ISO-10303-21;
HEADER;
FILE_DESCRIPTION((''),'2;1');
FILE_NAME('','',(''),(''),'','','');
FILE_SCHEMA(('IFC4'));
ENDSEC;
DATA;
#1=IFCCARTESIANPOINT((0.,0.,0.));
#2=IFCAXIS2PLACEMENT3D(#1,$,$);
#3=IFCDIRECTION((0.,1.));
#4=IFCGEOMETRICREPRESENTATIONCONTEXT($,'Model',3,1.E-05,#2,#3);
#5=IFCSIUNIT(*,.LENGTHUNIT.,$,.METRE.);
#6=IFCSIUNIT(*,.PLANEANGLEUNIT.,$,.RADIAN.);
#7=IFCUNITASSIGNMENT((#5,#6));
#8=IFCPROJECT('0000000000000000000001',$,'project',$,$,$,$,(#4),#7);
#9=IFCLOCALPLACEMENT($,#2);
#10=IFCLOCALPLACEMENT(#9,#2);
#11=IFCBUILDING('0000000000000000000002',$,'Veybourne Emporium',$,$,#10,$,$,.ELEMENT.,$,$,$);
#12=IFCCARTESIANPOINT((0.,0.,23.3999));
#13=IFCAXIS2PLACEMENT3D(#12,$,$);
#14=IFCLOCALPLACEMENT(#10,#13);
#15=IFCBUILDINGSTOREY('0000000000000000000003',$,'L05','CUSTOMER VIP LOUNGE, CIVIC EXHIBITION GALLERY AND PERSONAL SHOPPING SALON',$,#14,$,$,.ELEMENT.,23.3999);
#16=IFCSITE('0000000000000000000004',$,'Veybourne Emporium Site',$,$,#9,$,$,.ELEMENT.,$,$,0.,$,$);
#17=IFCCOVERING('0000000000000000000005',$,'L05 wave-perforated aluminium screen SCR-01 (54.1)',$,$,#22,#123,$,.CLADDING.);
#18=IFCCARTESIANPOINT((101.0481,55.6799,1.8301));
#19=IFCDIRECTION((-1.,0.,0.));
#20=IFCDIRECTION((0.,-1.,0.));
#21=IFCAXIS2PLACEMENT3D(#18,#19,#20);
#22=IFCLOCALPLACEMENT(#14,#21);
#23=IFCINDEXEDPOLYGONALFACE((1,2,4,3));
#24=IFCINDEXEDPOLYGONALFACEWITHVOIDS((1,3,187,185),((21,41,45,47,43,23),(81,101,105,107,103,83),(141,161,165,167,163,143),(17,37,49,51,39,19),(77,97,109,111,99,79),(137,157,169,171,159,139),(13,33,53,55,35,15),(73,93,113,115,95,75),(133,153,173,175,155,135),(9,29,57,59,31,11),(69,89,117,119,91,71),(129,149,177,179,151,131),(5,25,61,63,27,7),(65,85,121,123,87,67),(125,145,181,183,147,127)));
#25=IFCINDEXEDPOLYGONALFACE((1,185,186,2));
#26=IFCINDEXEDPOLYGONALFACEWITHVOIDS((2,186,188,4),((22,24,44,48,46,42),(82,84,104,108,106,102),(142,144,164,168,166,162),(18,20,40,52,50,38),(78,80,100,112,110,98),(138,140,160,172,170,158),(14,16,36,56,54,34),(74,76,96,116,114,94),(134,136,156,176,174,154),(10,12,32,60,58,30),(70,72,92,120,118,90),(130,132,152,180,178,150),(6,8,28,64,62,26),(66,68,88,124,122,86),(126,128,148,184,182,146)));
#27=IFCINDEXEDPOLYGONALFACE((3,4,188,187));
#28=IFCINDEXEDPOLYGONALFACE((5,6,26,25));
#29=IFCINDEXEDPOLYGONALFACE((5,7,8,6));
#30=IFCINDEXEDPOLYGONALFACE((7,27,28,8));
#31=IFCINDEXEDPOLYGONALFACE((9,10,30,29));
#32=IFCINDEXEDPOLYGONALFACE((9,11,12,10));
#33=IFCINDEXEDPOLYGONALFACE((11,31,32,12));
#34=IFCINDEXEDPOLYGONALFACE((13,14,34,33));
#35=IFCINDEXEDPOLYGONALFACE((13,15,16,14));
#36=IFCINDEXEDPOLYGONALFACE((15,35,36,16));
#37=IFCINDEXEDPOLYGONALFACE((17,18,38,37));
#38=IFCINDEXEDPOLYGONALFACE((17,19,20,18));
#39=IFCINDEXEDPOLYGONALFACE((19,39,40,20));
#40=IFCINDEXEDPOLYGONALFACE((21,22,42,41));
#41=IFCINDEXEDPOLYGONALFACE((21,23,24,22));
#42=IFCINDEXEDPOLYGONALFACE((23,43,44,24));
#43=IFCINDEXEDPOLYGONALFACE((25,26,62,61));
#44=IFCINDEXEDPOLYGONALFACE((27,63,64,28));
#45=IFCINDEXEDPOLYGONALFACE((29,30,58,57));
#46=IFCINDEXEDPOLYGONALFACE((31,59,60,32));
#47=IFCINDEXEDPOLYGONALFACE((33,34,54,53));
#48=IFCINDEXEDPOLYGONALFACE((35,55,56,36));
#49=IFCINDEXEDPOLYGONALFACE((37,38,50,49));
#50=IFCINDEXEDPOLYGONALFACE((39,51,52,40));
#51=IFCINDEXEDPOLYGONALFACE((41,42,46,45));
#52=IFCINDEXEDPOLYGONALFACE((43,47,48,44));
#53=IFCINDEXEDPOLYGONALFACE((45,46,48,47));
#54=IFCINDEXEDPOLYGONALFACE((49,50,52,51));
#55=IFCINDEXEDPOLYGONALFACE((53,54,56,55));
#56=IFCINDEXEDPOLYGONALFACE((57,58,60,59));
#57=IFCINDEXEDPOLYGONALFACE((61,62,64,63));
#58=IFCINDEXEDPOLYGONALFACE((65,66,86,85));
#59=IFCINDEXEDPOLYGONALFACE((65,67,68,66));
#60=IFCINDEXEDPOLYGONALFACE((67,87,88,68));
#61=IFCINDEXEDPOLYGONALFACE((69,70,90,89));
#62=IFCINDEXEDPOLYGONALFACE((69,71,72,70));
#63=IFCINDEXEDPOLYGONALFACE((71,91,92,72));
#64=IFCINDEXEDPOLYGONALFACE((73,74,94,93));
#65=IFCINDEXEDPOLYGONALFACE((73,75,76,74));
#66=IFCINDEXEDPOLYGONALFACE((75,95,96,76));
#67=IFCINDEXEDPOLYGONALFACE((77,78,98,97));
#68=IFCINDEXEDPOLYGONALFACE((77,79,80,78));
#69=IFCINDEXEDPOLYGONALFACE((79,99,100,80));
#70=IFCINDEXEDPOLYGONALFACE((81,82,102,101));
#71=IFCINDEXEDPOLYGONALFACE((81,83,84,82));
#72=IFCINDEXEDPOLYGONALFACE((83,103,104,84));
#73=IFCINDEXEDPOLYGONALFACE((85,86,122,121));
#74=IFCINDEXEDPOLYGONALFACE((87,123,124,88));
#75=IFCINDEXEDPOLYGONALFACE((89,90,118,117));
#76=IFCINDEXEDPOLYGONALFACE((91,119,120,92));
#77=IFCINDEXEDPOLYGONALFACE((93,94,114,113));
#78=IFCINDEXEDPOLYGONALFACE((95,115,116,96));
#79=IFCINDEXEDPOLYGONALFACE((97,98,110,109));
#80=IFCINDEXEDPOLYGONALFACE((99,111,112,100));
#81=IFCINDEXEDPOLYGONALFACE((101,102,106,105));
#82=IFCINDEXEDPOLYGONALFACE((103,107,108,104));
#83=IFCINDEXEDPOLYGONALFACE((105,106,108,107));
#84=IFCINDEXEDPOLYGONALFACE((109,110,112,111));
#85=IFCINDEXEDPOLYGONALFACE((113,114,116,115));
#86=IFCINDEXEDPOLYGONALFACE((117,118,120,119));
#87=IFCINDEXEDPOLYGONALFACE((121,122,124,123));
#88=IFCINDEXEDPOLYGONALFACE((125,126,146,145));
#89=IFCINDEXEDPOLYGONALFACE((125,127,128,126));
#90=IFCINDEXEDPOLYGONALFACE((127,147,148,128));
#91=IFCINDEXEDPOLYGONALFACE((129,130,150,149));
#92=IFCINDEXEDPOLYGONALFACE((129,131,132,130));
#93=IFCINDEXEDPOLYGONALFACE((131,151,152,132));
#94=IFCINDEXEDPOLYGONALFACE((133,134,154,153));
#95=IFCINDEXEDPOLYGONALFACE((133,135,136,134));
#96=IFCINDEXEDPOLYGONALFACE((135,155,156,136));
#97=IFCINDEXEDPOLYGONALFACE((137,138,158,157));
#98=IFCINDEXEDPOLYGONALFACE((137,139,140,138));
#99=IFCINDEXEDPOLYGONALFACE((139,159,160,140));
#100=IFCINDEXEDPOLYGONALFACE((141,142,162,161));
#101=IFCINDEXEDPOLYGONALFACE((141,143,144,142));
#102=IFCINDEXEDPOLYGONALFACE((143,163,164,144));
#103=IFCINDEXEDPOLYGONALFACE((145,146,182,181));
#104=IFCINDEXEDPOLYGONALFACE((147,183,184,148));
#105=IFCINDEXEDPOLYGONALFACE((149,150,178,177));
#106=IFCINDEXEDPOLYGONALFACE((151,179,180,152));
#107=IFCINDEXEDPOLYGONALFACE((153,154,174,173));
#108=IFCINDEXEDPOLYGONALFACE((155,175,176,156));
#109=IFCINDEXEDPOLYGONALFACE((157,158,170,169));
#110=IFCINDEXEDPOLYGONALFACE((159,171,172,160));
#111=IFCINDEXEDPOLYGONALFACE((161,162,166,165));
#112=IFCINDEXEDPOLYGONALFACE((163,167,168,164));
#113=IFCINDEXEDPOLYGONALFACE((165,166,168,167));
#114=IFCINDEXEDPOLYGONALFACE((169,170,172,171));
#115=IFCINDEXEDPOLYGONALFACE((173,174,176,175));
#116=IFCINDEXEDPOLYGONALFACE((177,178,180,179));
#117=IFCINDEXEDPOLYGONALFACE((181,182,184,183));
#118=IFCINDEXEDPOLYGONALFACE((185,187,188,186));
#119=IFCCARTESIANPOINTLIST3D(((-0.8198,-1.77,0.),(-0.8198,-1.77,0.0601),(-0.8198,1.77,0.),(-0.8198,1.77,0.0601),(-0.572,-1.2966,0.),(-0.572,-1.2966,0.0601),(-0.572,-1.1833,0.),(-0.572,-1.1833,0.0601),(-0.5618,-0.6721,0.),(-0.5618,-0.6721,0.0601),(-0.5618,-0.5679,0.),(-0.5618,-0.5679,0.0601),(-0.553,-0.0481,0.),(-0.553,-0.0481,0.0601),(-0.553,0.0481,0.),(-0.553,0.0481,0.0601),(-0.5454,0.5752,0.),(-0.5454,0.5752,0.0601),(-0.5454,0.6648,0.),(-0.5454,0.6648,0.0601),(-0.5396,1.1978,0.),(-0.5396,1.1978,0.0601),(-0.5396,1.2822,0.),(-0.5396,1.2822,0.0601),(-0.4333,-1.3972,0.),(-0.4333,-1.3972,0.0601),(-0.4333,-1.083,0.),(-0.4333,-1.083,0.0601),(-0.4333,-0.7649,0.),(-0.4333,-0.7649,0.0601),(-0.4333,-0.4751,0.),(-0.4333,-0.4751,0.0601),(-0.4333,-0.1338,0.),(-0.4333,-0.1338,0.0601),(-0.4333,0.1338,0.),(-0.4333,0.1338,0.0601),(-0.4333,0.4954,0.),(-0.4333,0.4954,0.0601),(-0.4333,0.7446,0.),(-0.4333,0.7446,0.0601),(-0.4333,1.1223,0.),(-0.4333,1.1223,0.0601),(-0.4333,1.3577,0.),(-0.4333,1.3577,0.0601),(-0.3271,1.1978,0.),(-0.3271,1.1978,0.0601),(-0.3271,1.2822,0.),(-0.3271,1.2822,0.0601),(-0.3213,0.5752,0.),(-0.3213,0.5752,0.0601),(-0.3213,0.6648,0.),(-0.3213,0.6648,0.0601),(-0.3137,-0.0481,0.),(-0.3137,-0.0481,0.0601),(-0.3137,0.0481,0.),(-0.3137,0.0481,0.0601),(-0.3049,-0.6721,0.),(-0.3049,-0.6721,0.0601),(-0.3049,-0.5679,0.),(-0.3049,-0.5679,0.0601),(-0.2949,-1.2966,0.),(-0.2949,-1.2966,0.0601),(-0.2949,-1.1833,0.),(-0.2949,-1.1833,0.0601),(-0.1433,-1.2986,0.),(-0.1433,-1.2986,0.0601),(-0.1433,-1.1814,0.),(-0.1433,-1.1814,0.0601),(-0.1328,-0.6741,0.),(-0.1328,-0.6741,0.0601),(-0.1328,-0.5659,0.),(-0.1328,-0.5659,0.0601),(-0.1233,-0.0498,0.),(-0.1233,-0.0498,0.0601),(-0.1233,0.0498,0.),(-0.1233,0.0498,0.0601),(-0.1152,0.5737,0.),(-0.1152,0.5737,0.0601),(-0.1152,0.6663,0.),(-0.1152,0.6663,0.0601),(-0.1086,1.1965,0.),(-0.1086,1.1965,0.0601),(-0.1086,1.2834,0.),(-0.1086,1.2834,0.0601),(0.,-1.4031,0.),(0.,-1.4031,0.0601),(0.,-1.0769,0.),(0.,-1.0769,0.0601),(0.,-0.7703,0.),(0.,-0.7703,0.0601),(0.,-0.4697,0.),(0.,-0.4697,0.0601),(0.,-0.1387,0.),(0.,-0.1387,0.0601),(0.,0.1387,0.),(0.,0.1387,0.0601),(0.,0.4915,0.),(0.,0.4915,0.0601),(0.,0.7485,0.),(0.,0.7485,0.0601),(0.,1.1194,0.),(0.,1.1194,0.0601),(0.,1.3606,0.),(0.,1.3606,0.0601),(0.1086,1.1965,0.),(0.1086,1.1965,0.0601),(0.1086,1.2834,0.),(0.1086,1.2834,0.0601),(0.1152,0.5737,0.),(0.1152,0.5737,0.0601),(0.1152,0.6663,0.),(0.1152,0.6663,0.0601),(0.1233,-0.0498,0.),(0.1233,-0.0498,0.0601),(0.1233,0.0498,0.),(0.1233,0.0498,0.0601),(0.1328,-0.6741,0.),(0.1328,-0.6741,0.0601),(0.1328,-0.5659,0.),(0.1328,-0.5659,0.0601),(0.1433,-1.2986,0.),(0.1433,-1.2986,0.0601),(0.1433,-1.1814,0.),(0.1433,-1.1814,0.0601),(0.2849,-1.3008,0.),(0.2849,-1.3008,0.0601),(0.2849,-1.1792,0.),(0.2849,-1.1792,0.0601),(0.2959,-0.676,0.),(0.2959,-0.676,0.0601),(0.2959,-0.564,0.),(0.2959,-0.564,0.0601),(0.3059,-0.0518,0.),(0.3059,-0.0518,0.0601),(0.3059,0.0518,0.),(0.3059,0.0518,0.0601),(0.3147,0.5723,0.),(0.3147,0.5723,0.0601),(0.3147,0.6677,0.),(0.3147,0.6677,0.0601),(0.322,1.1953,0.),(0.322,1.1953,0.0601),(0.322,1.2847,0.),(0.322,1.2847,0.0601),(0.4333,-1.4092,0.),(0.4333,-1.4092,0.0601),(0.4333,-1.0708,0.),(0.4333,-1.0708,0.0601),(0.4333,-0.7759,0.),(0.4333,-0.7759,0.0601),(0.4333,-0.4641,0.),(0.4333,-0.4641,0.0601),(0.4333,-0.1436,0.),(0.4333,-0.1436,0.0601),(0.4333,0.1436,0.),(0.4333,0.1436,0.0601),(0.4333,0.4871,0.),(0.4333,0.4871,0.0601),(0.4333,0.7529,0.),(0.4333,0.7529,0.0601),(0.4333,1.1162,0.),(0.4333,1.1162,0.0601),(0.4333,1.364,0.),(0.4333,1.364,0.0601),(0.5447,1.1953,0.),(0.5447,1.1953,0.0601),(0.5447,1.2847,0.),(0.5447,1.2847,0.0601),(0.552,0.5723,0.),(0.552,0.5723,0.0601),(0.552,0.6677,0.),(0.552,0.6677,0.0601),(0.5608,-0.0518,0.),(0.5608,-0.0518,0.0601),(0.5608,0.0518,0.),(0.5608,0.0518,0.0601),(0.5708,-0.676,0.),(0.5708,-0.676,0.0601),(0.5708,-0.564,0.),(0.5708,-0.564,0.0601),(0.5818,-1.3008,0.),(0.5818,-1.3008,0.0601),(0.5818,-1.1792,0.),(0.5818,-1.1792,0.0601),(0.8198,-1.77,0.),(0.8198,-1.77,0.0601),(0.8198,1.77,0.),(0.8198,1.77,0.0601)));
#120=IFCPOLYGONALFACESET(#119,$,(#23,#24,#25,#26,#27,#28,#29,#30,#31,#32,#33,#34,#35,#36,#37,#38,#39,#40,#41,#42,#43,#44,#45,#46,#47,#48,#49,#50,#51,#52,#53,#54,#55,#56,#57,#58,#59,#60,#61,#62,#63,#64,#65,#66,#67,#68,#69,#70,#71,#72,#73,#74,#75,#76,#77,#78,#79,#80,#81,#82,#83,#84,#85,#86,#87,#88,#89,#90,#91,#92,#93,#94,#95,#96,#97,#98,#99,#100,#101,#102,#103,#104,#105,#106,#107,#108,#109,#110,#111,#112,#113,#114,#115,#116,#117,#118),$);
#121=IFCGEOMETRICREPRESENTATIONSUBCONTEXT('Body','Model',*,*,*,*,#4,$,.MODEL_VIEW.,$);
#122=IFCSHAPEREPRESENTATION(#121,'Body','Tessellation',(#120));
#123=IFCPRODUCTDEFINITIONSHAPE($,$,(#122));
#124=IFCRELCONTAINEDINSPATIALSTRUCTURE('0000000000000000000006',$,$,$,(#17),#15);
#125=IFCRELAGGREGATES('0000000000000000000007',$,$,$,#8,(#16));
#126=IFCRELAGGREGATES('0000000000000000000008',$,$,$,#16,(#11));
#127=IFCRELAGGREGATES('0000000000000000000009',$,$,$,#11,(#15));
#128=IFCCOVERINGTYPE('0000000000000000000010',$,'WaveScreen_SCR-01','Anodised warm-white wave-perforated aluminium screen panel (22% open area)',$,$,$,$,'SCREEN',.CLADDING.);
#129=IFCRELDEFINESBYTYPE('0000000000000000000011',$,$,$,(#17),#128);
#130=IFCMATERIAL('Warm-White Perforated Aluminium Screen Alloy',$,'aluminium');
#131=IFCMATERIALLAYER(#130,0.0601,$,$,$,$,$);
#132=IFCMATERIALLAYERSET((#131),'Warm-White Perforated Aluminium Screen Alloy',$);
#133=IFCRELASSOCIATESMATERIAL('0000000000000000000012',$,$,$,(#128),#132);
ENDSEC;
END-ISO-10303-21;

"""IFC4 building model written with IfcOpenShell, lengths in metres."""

from ifc_helpers import new_model, si_unit, direction, frame, origin, place, context, subcontext, project, spatial, polyline, outline, extrude, material, layer, layer_set, type_object, element, save


model = new_model("IFC4")

# Units and contexts
model_context = context("Model", 3, precision=1e-05, world=origin(), true_north=direction((0.0, 1.0)))
body_context = subcontext(model_context, "Body", "Model", "MODEL_VIEW")
ifc_project = project(units=[si_unit("LENGTHUNIT", "METRE"), si_unit("PLANEANGLEUNIT", "RADIAN")], contexts=[model_context])

# Site, building, storey
site_placement = place(None, origin())
site = spatial("IfcSite", under=ifc_project, at=site_placement, Name="Veybourne Emporium Site", CompositionType="ELEMENT", RefElevation=0.0)
building_placement = place(site_placement, origin())
building = spatial("IfcBuilding", under=site, at=building_placement, Name="Veybourne Emporium", CompositionType="ELEMENT")
storey_placement = place(building_placement, frame((0.0, 0.0, 23.3999)))
storey = spatial("IfcBuildingStorey", under=building, at=storey_placement, Name="L05", Description="CUSTOMER VIP LOUNGE, CIVIC EXHIBITION GALLERY AND PERSONAL SHOPPING SALON", CompositionType="ELEMENT", Elevation=23.3999)

# Covering
ifc_material_1 = material(Name="Warm-White Perforated Aluminium Screen Alloy", Category="aluminium")
ifc_layer_1 = layer(ifc_material_1, 0.0601)
ifc_layer_set_1 = layer_set([ifc_layer_1], Name="Warm-White Perforated Aluminium Screen Alloy")
covering_type_1 = type_object("IfcCoveringType", Name="WaveScreen_SCR-01", Description="Anodised warm-white wave-perforated aluminium screen panel (22% open area)", ElementType="SCREEN", PredefinedType="CLADDING", material=ifc_layer_set_1)
covering_1_placement = place(storey_placement, frame((101.0481, 55.6799, 1.8301), z_axis=(-1.0, 0.0, 0.0), x_axis=(0.0, -1.0, 0.0)))
element("IfcCovering", 1, at=covering_1_placement, inside=storey, type_object=covering_type_1, Name="L05 wave-perforated aluminium screen SCR-01 (54.1)", PredefinedType="CLADDING", context=body_context, shape_type="SweptSolid", body=[
    extrude(outline(polyline([(-0.8198, -1.77), (0.8198, -1.77), (0.8198, 1.77), (-0.8198, 1.77), (-0.8198, -1.77)]), holes=[polyline([(-0.4333, -1.083), (-0.2949, -1.1833), (-0.2949, -1.2966), (-0.4333, -1.3972), (-0.572, -1.2966), (-0.572, -1.1833), (-0.4333, -1.083)]), polyline([(-0.4333, -0.4751), (-0.3049, -0.5679), (-0.3049, -0.6721), (-0.4333, -0.7649), (-0.5618, -0.6721), (-0.5618, -0.5679), (-0.4333, -0.4751)]), polyline([(-0.4333, 0.1338), (-0.3137, 0.0481), (-0.3137, -0.0481), (-0.4333, -0.1338), (-0.553, -0.0481), (-0.553, 0.0481), (-0.4333, 0.1338)]), polyline([(-0.4333, 0.7446), (-0.3213, 0.6648), (-0.3213, 0.5752), (-0.4333, 0.4954), (-0.5454, 0.5752), (-0.5454, 0.6648), (-0.4333, 0.7446)]), polyline([(-0.4333, 1.3577), (-0.3271, 1.2822), (-0.3271, 1.1978), (-0.4333, 1.1223), (-0.5396, 1.1978), (-0.5396, 1.2822), (-0.4333, 1.3577)]), polyline([(0.0, -1.0769), (0.1433, -1.1814), (0.1433, -1.2986), (0.0, -1.4031), (-0.1433, -1.2986), (-0.1433, -1.1814), (0.0, -1.0769)]), polyline([(0.0, -0.4697), (0.1328, -0.5659), (0.1328, -0.6741), (0.0, -0.7703), (-0.1328, -0.6741), (-0.1328, -0.5659), (0.0, -0.4697)]), polyline([(0.0, 0.1387), (0.1233, 0.0498), (0.1233, -0.0498), (0.0, -0.1387), (-0.1233, -0.0498), (-0.1233, 0.0498), (0.0, 0.1387)]), polyline([(0.0, 0.7485), (0.1152, 0.6663), (0.1152, 0.5737), (0.0, 0.4915), (-0.1152, 0.5737), (-0.1152, 0.6663), (0.0, 0.7485)]), polyline([(0.0, 1.3606), (0.1086, 1.2834), (0.1086, 1.1965), (0.0, 1.1194), (-0.1086, 1.1965), (-0.1086, 1.2834), (0.0, 1.3606)]), polyline([(0.4333, -1.0708), (0.5818, -1.1792), (0.5818, -1.3008), (0.4333, -1.4092), (0.2849, -1.3008), (0.2849, -1.1792), (0.4333, -1.0708)]), polyline([(0.4333, -0.4641), (0.5708, -0.564), (0.5708, -0.676), (0.4333, -0.7759), (0.2959, -0.676), (0.2959, -0.564), (0.4333, -0.4641)]), polyline([(0.4333, 0.1436), (0.5608, 0.0518), (0.5608, -0.0518), (0.4333, -0.1436), (0.3059, -0.0518), (0.3059, 0.0518), (0.4333, 0.1436)]), polyline([(0.4333, 0.7529), (0.552, 0.6677), (0.552, 0.5723), (0.4333, 0.4871), (0.3147, 0.5723), (0.3147, 0.6677), (0.4333, 0.7529)]), polyline([(0.4333, 1.364), (0.5447, 1.2847), (0.5447, 1.1953), (0.4333, 1.1162), (0.322, 1.1953), (0.322, 1.2847), (0.4333, 1.364)])]), origin(), (0.0, 0.0, 1.0), 0.0601),
])

save(model, "model.ifc")
